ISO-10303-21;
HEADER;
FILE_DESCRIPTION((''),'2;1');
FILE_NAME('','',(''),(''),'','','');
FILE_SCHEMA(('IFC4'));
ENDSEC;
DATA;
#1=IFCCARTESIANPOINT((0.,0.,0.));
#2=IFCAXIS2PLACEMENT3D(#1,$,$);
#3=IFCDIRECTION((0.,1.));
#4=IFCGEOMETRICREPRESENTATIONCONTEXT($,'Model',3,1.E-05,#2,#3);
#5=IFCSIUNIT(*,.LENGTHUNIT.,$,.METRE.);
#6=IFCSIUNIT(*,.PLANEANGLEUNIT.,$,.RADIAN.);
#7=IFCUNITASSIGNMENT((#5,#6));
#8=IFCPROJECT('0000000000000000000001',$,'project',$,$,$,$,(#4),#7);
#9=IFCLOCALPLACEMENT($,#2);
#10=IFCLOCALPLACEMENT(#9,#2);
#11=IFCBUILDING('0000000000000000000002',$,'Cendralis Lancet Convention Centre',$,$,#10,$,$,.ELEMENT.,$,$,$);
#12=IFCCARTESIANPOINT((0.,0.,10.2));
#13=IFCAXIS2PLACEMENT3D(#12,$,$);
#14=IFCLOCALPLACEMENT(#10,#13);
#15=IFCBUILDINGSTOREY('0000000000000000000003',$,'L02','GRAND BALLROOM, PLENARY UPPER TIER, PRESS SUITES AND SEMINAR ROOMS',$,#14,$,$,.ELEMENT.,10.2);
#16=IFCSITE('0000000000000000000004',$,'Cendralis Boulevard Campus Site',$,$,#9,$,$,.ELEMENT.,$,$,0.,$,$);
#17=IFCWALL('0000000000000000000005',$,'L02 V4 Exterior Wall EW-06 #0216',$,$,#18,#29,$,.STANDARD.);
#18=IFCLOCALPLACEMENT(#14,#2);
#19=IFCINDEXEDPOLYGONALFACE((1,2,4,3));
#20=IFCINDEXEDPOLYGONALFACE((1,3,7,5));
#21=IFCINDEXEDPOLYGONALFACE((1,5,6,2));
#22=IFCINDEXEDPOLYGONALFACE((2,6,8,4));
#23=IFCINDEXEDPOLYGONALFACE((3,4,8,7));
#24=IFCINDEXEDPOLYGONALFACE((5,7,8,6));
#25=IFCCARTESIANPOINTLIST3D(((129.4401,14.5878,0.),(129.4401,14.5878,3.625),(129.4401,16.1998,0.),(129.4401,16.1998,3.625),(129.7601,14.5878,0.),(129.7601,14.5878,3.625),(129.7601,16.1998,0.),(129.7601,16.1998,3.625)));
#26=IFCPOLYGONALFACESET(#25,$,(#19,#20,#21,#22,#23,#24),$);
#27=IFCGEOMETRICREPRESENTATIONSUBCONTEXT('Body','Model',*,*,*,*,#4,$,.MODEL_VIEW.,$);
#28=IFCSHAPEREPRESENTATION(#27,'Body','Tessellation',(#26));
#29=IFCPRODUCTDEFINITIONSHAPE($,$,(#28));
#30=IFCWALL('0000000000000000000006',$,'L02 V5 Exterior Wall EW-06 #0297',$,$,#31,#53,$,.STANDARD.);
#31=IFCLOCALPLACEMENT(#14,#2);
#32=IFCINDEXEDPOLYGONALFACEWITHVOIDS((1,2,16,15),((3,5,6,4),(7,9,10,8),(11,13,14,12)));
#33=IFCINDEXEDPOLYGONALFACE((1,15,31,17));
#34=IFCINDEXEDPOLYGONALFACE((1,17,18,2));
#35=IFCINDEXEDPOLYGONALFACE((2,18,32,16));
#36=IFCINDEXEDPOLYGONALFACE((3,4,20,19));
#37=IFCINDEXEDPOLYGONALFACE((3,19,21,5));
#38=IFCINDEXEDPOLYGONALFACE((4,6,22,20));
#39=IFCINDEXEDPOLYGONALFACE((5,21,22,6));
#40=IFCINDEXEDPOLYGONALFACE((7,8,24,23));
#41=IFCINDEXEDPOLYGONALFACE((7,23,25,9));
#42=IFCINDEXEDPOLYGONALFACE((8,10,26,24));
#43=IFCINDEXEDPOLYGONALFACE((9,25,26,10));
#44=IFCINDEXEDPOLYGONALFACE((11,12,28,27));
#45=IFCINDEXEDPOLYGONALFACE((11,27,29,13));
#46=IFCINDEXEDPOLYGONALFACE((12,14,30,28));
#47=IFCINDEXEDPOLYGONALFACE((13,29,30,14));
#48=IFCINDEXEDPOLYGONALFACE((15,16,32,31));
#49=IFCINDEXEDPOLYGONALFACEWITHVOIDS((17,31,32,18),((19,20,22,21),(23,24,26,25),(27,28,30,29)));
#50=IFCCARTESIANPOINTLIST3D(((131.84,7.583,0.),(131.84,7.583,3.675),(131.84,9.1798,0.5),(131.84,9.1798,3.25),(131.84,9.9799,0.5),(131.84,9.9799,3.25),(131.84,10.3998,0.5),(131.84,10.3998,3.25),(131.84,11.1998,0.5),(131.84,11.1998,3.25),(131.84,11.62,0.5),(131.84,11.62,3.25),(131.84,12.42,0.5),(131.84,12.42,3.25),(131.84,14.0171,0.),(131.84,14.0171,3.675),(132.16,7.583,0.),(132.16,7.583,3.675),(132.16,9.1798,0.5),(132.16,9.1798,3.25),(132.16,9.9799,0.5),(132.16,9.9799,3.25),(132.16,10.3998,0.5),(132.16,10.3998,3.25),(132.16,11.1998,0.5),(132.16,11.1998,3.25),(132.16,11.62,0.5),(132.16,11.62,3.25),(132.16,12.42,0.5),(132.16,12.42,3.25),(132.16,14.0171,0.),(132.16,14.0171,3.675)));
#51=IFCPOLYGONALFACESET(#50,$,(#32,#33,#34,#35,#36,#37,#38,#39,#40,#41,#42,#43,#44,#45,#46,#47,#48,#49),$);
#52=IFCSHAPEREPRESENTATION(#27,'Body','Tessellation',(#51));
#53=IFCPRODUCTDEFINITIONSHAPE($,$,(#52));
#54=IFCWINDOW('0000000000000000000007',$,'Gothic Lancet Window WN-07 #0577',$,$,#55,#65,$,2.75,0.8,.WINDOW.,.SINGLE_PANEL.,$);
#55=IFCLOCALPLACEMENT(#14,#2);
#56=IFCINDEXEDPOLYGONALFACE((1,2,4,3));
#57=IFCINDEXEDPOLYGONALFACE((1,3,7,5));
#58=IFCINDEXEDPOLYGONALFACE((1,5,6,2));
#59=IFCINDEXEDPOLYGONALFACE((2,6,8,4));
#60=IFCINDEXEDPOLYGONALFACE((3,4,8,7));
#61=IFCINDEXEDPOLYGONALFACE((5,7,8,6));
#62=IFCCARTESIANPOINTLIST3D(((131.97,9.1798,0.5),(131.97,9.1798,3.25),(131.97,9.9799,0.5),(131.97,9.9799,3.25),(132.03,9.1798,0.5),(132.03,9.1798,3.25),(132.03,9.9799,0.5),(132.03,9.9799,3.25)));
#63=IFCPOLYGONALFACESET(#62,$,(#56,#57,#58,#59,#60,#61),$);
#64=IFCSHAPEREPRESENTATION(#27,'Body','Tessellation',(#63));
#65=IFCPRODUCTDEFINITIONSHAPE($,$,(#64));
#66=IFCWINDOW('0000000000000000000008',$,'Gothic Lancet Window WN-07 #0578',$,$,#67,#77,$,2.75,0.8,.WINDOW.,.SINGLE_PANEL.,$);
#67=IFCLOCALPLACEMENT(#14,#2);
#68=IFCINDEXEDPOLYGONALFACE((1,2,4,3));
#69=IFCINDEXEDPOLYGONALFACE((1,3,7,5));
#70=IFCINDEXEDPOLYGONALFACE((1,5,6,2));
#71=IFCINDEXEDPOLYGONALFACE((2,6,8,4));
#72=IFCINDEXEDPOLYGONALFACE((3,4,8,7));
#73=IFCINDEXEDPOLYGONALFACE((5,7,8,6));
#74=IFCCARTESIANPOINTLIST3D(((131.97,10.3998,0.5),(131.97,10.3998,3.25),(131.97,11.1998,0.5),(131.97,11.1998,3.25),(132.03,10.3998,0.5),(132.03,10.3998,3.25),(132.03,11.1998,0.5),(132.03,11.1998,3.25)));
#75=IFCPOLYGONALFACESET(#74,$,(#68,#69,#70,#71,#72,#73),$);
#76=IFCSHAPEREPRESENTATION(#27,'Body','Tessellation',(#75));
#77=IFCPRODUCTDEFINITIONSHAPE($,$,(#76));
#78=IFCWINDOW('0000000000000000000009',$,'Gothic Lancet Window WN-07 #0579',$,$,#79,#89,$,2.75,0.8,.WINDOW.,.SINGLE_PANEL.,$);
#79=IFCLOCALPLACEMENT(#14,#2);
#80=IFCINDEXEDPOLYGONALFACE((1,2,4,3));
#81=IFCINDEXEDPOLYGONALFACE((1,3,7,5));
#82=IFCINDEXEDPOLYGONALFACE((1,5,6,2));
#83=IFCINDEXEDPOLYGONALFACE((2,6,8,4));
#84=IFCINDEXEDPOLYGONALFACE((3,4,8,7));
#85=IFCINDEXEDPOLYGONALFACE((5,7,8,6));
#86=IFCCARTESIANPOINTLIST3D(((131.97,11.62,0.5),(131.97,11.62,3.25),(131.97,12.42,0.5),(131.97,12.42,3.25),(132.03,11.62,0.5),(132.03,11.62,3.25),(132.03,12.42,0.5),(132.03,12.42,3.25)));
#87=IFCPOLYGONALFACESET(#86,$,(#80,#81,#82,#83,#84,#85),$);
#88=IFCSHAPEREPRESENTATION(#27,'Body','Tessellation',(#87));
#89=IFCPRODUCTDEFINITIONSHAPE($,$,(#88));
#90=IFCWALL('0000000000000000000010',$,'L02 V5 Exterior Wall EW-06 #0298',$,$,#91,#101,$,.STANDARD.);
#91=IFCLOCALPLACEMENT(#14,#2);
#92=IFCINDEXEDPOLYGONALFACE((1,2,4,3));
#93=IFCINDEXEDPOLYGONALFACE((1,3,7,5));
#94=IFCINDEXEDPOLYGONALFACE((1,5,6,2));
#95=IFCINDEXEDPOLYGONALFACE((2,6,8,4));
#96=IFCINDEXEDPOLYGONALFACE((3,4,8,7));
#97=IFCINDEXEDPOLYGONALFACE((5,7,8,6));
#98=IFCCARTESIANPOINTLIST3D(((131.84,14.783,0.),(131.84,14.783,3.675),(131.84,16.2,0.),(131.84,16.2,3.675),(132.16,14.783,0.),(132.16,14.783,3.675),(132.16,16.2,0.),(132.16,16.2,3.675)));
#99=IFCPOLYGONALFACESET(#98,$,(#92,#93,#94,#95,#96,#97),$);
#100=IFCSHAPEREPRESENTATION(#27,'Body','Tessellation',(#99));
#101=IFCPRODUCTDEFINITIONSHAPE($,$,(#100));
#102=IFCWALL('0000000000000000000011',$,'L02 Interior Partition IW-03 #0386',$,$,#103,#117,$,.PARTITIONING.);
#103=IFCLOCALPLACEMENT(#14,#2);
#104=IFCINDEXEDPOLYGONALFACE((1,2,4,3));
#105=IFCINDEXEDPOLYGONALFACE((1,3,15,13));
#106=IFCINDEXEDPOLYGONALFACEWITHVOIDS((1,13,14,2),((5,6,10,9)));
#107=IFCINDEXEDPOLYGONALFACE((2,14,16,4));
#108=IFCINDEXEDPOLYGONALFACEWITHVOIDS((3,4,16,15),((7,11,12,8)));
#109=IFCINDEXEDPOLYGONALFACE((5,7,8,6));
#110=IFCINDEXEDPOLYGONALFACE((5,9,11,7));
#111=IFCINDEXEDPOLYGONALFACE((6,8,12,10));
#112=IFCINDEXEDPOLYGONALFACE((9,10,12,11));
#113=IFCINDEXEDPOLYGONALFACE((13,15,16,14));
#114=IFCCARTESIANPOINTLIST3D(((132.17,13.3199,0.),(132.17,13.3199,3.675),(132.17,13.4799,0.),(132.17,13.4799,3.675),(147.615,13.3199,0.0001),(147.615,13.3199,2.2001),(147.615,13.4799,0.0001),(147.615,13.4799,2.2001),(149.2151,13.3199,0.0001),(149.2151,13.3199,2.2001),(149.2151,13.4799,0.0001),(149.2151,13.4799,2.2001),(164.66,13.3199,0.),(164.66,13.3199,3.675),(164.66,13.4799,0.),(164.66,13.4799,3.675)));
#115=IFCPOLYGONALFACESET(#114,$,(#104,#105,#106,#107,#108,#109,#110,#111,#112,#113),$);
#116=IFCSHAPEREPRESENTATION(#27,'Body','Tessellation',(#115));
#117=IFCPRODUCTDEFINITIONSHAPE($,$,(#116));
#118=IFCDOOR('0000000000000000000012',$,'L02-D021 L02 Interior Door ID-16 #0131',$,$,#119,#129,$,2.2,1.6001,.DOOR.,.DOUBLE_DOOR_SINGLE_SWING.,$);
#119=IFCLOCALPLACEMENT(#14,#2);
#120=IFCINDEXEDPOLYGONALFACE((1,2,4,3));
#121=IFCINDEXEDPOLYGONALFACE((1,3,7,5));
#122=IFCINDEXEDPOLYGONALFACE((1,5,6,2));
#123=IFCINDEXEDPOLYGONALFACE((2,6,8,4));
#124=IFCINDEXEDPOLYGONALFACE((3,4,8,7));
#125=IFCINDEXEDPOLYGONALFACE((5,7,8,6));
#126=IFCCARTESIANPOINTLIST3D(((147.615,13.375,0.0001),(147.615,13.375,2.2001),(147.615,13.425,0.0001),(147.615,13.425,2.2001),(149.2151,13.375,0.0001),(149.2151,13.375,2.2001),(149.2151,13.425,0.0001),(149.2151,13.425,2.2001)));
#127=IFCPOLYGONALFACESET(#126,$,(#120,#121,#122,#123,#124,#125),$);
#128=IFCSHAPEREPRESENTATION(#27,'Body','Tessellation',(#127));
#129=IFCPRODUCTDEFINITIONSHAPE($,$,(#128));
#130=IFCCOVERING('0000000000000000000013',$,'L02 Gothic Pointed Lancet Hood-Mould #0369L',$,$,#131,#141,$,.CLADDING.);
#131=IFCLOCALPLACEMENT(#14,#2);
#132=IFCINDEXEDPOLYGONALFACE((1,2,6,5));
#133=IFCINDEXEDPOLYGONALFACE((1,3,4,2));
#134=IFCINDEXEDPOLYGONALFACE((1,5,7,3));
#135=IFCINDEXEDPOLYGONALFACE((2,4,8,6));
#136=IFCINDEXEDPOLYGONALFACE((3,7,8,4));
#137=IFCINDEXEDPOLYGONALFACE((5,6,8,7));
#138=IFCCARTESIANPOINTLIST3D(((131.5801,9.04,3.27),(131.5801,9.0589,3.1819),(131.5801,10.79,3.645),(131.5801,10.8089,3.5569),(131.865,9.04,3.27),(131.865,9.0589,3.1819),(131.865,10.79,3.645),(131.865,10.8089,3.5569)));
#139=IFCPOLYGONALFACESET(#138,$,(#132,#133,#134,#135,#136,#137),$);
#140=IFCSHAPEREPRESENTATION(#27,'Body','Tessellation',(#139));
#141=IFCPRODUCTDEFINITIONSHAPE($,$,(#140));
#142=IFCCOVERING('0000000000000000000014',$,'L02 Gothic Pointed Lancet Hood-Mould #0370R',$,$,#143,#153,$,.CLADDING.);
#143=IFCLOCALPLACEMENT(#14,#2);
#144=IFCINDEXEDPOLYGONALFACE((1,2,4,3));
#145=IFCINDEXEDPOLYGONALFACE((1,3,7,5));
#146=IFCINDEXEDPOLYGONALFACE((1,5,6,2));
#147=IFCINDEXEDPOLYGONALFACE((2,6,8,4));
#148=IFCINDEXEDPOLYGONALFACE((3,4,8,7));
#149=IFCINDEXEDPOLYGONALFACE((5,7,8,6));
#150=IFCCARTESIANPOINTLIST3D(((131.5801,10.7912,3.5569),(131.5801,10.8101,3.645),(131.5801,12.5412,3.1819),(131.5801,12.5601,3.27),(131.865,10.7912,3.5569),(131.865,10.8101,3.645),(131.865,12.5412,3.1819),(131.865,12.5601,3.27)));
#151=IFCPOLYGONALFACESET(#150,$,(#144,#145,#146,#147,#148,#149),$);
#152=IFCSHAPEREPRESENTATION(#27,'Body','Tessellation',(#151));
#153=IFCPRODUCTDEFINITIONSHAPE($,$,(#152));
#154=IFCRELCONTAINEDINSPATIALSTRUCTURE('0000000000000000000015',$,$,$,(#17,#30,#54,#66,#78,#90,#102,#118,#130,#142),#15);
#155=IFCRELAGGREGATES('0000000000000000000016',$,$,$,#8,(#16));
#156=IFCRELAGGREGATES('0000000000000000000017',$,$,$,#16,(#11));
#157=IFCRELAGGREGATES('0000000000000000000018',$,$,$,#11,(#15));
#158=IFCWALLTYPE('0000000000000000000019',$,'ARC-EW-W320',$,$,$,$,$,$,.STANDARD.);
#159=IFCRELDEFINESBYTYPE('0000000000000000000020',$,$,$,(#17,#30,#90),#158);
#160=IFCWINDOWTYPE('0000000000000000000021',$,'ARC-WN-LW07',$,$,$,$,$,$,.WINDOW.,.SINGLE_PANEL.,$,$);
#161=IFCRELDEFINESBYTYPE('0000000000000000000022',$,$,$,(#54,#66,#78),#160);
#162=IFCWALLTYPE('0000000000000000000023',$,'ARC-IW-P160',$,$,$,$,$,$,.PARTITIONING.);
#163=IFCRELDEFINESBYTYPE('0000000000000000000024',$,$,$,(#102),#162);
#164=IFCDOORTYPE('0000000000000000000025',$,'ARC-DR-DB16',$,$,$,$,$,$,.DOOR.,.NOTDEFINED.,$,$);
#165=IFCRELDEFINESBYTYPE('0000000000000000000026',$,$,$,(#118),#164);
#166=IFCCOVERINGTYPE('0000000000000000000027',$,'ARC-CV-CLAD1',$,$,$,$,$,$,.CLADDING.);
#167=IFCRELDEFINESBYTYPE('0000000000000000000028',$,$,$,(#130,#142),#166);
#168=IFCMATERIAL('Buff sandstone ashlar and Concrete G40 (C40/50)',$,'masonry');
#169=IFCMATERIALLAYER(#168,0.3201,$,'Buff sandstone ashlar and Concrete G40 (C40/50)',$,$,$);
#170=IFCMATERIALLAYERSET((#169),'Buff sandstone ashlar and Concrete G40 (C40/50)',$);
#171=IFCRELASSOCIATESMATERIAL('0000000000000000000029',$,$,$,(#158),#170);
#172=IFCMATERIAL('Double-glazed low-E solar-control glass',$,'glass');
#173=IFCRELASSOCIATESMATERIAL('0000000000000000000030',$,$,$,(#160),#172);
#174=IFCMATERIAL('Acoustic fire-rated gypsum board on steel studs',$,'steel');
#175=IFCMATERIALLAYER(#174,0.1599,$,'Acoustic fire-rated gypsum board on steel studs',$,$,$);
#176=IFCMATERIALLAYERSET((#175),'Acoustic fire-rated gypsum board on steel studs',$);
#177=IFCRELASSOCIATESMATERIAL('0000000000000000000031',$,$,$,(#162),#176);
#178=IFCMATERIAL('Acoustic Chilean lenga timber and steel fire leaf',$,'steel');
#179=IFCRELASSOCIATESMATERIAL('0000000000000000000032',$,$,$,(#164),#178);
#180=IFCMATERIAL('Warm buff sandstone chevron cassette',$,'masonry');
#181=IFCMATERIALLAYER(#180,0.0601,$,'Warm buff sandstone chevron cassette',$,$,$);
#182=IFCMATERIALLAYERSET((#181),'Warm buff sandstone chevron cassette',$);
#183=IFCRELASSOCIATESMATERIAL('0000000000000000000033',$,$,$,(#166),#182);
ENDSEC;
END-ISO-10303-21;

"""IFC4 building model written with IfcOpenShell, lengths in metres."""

from ifc_helpers import new_model, si_unit, direction, frame, frame_2d, origin, place, context, subcontext, project, spatial, polyline, rectangle, outline, extrude, material, layer, layer_set, type_object, element, fill, save


model = new_model("IFC4")

# Units and contexts
model_context = context("Model", 3, precision=1e-05, world=origin(), true_north=direction((0.0, 1.0)))
body_context = subcontext(model_context, "Body", "Model", "MODEL_VIEW")
ifc_project = project(units=[si_unit("LENGTHUNIT", "METRE"), si_unit("PLANEANGLEUNIT", "RADIAN")], contexts=[model_context])

# Site, building, storey
site_placement = place(None, origin())
site = spatial("IfcSite", under=ifc_project, at=site_placement, Name="Cendralis Boulevard Campus Site", CompositionType="ELEMENT", RefElevation=0.0)
building_placement = place(site_placement, origin())
building = spatial("IfcBuilding", under=site, at=building_placement, Name="Cendralis Lancet Convention Centre", CompositionType="ELEMENT")
storey_placement = place(building_placement, frame((0.0, 0.0, 10.2)))
storey = spatial("IfcBuildingStorey", under=building, at=storey_placement, Name="L02", Description="GRAND BALLROOM, PLENARY UPPER TIER, PRESS SUITES AND SEMINAR ROOMS", CompositionType="ELEMENT", Elevation=10.2)

# Wall
ifc_material_1 = material(Name="Buff sandstone ashlar and Concrete G40 (C40/50)", Category="masonry")
ifc_layer_1 = layer(ifc_material_1, 0.3201, Name="Buff sandstone ashlar and Concrete G40 (C40/50)")
ifc_layer_set_1 = layer_set([ifc_layer_1], Name="Buff sandstone ashlar and Concrete G40 (C40/50)")
wall_type_1 = type_object("IfcWallType", Name="ARC-EW-W320", PredefinedType="STANDARD", material=ifc_layer_set_1)
wall_1_placement = place(storey_placement, frame((129.6001, 16.2, 0.0), z_axis=(0.0, 0.0, 1.0), x_axis=(0.0, -1.0, 0.0)))
element("IfcWall", 1, at=wall_1_placement, inside=storey, type_object=wall_type_1, Name="L02 V4 Exterior Wall EW-06 #0216", PredefinedType="STANDARD", context=body_context, shape_type="SweptSolid", body=[
    extrude(rectangle(XDim=1.6121, YDim=0.3201, at=frame_2d((0.8062, 0.0))), origin(), (0.0, 0.0, 1.0), 3.625),
])

# Wall, openings, windows
wall_2_placement = place(storey_placement, frame((132.0, 7.583, 0.0), z_axis=(0.0, 0.0, 1.0), x_axis=(0.0, 1.0, 0.0)))
wall_2 = element("IfcWall", 2, at=wall_2_placement, inside=storey, type_object=wall_type_1, Name="L02 V5 Exterior Wall EW-06 #0297", PredefinedType="STANDARD", context=body_context, shape_type="SweptSolid", body=[
    extrude(rectangle(XDim=6.4341, YDim=0.3201, at=frame_2d((3.217, 0.0))), origin(), (0.0, 0.0, 1.0), 3.675),
])
opening_1_placement = place(wall_2_placement, frame((1.5969, 0.0, 0.5)))
opening_1 = element("IfcOpeningElement", 3, at=opening_1_placement, cuts=wall_2, PredefinedType="OPENING", context=body_context, shape_type="SweptSolid", body=[
    extrude(rectangle(XDim=0.8, YDim=2.75, at=frame_2d((0.3999, 1.375))), frame((0.0, 0.1699, 0.0), z_axis=(0.0, -1.0, 0.0), x_axis=(1.0, 0.0, 0.0)), (0.0, 0.0, 1.0), 0.3401),
])
opening_2_placement = place(wall_2_placement, frame((2.8169, 0.0, 0.5)))
opening_2 = element("IfcOpeningElement", 4, at=opening_2_placement, cuts=wall_2, PredefinedType="OPENING", context=body_context, shape_type="SweptSolid", body=[
    extrude(rectangle(XDim=0.8, YDim=2.75, at=frame_2d((0.3999, 1.375))), frame((0.0, 0.1699, 0.0), z_axis=(0.0, -1.0, 0.0), x_axis=(1.0, 0.0, 0.0)), (0.0, 0.0, 1.0), 0.3401),
])
opening_3_placement = place(wall_2_placement, frame((4.0371, 0.0, 0.5)))
opening_3 = element("IfcOpeningElement", 5, at=opening_3_placement, cuts=wall_2, PredefinedType="OPENING", context=body_context, shape_type="SweptSolid", body=[
    extrude(rectangle(XDim=0.8, YDim=2.75, at=frame_2d((0.3999, 1.375))), frame((0.0, 0.1699, 0.0), z_axis=(0.0, -1.0, 0.0), x_axis=(1.0, 0.0, 0.0)), (0.0, 0.0, 1.0), 0.3401),
])
ifc_material_2 = material(Name="Double-glazed low-E solar-control glass", Category="glass")
window_type = type_object("IfcWindowType", Name="ARC-WN-LW07", PartitioningType="SINGLE_PANEL", PredefinedType="WINDOW", material=ifc_material_2)
window_1_placement = place(opening_1_placement, origin())
window_1 = element("IfcWindow", 6, at=window_1_placement, inside=storey, type_object=window_type, Name="Gothic Lancet Window WN-07 #0577", OverallHeight=2.75, OverallWidth=0.8, PartitioningType="SINGLE_PANEL", PredefinedType="WINDOW", context=body_context, shape_type="SweptSolid", body=[
    extrude(rectangle(XDim=0.8, YDim=2.75, at=frame_2d((0.3999, 1.375))), frame((0.0, 0.03, 0.0), z_axis=(0.0, -1.0, 0.0), x_axis=(1.0, 0.0, 0.0)), (0.0, 0.0, 1.0), 0.0601),
])
fill(opening_1, window_1)
window_2_placement = place(opening_2_placement, origin())
window_2 = element("IfcWindow", 7, at=window_2_placement, inside=storey, type_object=window_type, Name="Gothic Lancet Window WN-07 #0578", OverallHeight=2.75, OverallWidth=0.8, PartitioningType="SINGLE_PANEL", PredefinedType="WINDOW", context=body_context, shape_type="SweptSolid", body=[
    extrude(rectangle(XDim=0.8, YDim=2.75, at=frame_2d((0.3999, 1.375))), frame((0.0, 0.03, 0.0), z_axis=(0.0, -1.0, 0.0), x_axis=(1.0, 0.0, 0.0)), (0.0, 0.0, 1.0), 0.0601),
])
fill(opening_2, window_2)
window_3_placement = place(opening_3_placement, origin())
window_3 = element("IfcWindow", 8, at=window_3_placement, inside=storey, type_object=window_type, Name="Gothic Lancet Window WN-07 #0579", OverallHeight=2.75, OverallWidth=0.8, PartitioningType="SINGLE_PANEL", PredefinedType="WINDOW", context=body_context, shape_type="SweptSolid", body=[
    extrude(rectangle(XDim=0.8, YDim=2.75, at=frame_2d((0.3999, 1.375))), frame((0.0, 0.03, 0.0), z_axis=(0.0, -1.0, 0.0), x_axis=(1.0, 0.0, 0.0)), (0.0, 0.0, 1.0), 0.0601),
])
fill(opening_3, window_3)

# Wall
wall_3_placement = place(storey_placement, frame((132.0, 14.783, 0.0), z_axis=(0.0, 0.0, 1.0), x_axis=(0.0, 1.0, 0.0)))
element("IfcWall", 9, at=wall_3_placement, inside=storey, type_object=wall_type_1, Name="L02 V5 Exterior Wall EW-06 #0298", PredefinedType="STANDARD", context=body_context, shape_type="SweptSolid", body=[
    extrude(rectangle(XDim=1.417, YDim=0.3201, at=frame_2d((0.7085, 0.0))), origin(), (0.0, 0.0, 1.0), 3.675),
])

# Wall, opening, door
ifc_material_3 = material(Name="Acoustic fire-rated gypsum board on steel studs", Category="steel")
ifc_layer_2 = layer(ifc_material_3, 0.1599, Name="Acoustic fire-rated gypsum board on steel studs")
ifc_layer_set_2 = layer_set([ifc_layer_2], Name="Acoustic fire-rated gypsum board on steel studs")
wall_type_2 = type_object("IfcWallType", Name="ARC-IW-P160", PredefinedType="PARTITIONING", material=ifc_layer_set_2)
wall_4_placement = place(storey_placement, frame((132.1699, 13.3999, 0.0), z_axis=(0.0, 0.0, 1.0), x_axis=(1.0, 0.0, 0.0)))
wall_4 = element("IfcWall", 10, at=wall_4_placement, inside=storey, type_object=wall_type_2, Name="L02 Interior Partition IW-03 #0386", PredefinedType="PARTITIONING", context=body_context, shape_type="SweptSolid", body=[
    extrude(rectangle(XDim=32.49, YDim=0.1599, at=frame_2d((16.2451, 0.0))), origin(), (0.0, 0.0, 1.0), 3.675),
])
opening_4_placement = place(wall_4_placement, frame((15.4451, 0.0, 0.0)))
opening_4 = element("IfcOpeningElement", 11, at=opening_4_placement, cuts=wall_4, PredefinedType="OPENING", context=body_context, shape_type="SweptSolid", body=[
    extrude(rectangle(XDim=1.6001, YDim=2.2, at=frame_2d((0.8, 1.1001))), frame((0.0, 0.0898, 0.0), z_axis=(0.0, -1.0, 0.0), x_axis=(1.0, 0.0, 0.0)), (0.0, 0.0, 1.0), 0.1799),
])
ifc_material_4 = material(Name="Acoustic Chilean lenga timber and steel fire leaf", Category="steel")
door_type = type_object("IfcDoorType", Name="ARC-DR-DB16", OperationType="NOTDEFINED", PredefinedType="DOOR", material=ifc_material_4)
door_placement = place(opening_4_placement, frame((1.6001, 0.0, 0.0), z_axis=(0.0, 0.0, 1.0), x_axis=(-1.0, 0.0, 0.0)))
door = element("IfcDoor", 12, at=door_placement, inside=storey, type_object=door_type, Name="L02-D021 L02 Interior Door ID-16 #0131", OperationType="DOUBLE_DOOR_SINGLE_SWING", OverallHeight=2.2, OverallWidth=1.6001, PredefinedType="DOOR", context=body_context, shape_type="SweptSolid", body=[
    extrude(rectangle(XDim=1.6001, YDim=2.2, at=frame_2d((0.8, 1.1001))), frame((0.0, 0.0249, 0.0), z_axis=(0.0, -1.0, 0.0), x_axis=(1.0, 0.0, 0.0)), (0.0, 0.0, 1.0), 0.05),
])
fill(opening_4, door)

# Coverings
ifc_material_5 = material(Name="Warm buff sandstone chevron cassette", Category="masonry")
ifc_layer_3 = layer(ifc_material_5, 0.0601, Name="Warm buff sandstone chevron cassette")
ifc_layer_set_3 = layer_set([ifc_layer_3], Name="Warm buff sandstone chevron cassette")
covering_type = type_object("IfcCoveringType", Name="ARC-CV-CLAD1", PredefinedType="CLADDING", material=ifc_layer_set_3)
for number, where, z_axis, x_axis, name in (
    (13, (131.5801, 9.04, 3.27), (0.0, -0.209529, 0.977802), (1.0, 0.0, 0.0), "L02 Gothic Pointed Lancet Hood-Mould #0369L"),
    (14, (131.5801, 10.8101, 3.645), (0.0, 0.209529, 0.977802), (1.0, 0.0, 0.0), "L02 Gothic Pointed Lancet Hood-Mould #0370R"),
):
    element("IfcCovering", number, at=place(storey_placement, frame(where, z_axis=z_axis, x_axis=x_axis)), inside=storey, type_object=covering_type, Name=name, PredefinedType="CLADDING", context=body_context, shape_type="SweptSolid", body=[
        extrude(outline(polyline([(0.0, 0.0), (0.2849, 0.0), (0.2849, 1.7897), (0.0, 1.7897), (0.0, 0.0)])), origin(), (0.0, 0.0, -1.0), 0.0901),
    ])

save(model, "model.ifc")
